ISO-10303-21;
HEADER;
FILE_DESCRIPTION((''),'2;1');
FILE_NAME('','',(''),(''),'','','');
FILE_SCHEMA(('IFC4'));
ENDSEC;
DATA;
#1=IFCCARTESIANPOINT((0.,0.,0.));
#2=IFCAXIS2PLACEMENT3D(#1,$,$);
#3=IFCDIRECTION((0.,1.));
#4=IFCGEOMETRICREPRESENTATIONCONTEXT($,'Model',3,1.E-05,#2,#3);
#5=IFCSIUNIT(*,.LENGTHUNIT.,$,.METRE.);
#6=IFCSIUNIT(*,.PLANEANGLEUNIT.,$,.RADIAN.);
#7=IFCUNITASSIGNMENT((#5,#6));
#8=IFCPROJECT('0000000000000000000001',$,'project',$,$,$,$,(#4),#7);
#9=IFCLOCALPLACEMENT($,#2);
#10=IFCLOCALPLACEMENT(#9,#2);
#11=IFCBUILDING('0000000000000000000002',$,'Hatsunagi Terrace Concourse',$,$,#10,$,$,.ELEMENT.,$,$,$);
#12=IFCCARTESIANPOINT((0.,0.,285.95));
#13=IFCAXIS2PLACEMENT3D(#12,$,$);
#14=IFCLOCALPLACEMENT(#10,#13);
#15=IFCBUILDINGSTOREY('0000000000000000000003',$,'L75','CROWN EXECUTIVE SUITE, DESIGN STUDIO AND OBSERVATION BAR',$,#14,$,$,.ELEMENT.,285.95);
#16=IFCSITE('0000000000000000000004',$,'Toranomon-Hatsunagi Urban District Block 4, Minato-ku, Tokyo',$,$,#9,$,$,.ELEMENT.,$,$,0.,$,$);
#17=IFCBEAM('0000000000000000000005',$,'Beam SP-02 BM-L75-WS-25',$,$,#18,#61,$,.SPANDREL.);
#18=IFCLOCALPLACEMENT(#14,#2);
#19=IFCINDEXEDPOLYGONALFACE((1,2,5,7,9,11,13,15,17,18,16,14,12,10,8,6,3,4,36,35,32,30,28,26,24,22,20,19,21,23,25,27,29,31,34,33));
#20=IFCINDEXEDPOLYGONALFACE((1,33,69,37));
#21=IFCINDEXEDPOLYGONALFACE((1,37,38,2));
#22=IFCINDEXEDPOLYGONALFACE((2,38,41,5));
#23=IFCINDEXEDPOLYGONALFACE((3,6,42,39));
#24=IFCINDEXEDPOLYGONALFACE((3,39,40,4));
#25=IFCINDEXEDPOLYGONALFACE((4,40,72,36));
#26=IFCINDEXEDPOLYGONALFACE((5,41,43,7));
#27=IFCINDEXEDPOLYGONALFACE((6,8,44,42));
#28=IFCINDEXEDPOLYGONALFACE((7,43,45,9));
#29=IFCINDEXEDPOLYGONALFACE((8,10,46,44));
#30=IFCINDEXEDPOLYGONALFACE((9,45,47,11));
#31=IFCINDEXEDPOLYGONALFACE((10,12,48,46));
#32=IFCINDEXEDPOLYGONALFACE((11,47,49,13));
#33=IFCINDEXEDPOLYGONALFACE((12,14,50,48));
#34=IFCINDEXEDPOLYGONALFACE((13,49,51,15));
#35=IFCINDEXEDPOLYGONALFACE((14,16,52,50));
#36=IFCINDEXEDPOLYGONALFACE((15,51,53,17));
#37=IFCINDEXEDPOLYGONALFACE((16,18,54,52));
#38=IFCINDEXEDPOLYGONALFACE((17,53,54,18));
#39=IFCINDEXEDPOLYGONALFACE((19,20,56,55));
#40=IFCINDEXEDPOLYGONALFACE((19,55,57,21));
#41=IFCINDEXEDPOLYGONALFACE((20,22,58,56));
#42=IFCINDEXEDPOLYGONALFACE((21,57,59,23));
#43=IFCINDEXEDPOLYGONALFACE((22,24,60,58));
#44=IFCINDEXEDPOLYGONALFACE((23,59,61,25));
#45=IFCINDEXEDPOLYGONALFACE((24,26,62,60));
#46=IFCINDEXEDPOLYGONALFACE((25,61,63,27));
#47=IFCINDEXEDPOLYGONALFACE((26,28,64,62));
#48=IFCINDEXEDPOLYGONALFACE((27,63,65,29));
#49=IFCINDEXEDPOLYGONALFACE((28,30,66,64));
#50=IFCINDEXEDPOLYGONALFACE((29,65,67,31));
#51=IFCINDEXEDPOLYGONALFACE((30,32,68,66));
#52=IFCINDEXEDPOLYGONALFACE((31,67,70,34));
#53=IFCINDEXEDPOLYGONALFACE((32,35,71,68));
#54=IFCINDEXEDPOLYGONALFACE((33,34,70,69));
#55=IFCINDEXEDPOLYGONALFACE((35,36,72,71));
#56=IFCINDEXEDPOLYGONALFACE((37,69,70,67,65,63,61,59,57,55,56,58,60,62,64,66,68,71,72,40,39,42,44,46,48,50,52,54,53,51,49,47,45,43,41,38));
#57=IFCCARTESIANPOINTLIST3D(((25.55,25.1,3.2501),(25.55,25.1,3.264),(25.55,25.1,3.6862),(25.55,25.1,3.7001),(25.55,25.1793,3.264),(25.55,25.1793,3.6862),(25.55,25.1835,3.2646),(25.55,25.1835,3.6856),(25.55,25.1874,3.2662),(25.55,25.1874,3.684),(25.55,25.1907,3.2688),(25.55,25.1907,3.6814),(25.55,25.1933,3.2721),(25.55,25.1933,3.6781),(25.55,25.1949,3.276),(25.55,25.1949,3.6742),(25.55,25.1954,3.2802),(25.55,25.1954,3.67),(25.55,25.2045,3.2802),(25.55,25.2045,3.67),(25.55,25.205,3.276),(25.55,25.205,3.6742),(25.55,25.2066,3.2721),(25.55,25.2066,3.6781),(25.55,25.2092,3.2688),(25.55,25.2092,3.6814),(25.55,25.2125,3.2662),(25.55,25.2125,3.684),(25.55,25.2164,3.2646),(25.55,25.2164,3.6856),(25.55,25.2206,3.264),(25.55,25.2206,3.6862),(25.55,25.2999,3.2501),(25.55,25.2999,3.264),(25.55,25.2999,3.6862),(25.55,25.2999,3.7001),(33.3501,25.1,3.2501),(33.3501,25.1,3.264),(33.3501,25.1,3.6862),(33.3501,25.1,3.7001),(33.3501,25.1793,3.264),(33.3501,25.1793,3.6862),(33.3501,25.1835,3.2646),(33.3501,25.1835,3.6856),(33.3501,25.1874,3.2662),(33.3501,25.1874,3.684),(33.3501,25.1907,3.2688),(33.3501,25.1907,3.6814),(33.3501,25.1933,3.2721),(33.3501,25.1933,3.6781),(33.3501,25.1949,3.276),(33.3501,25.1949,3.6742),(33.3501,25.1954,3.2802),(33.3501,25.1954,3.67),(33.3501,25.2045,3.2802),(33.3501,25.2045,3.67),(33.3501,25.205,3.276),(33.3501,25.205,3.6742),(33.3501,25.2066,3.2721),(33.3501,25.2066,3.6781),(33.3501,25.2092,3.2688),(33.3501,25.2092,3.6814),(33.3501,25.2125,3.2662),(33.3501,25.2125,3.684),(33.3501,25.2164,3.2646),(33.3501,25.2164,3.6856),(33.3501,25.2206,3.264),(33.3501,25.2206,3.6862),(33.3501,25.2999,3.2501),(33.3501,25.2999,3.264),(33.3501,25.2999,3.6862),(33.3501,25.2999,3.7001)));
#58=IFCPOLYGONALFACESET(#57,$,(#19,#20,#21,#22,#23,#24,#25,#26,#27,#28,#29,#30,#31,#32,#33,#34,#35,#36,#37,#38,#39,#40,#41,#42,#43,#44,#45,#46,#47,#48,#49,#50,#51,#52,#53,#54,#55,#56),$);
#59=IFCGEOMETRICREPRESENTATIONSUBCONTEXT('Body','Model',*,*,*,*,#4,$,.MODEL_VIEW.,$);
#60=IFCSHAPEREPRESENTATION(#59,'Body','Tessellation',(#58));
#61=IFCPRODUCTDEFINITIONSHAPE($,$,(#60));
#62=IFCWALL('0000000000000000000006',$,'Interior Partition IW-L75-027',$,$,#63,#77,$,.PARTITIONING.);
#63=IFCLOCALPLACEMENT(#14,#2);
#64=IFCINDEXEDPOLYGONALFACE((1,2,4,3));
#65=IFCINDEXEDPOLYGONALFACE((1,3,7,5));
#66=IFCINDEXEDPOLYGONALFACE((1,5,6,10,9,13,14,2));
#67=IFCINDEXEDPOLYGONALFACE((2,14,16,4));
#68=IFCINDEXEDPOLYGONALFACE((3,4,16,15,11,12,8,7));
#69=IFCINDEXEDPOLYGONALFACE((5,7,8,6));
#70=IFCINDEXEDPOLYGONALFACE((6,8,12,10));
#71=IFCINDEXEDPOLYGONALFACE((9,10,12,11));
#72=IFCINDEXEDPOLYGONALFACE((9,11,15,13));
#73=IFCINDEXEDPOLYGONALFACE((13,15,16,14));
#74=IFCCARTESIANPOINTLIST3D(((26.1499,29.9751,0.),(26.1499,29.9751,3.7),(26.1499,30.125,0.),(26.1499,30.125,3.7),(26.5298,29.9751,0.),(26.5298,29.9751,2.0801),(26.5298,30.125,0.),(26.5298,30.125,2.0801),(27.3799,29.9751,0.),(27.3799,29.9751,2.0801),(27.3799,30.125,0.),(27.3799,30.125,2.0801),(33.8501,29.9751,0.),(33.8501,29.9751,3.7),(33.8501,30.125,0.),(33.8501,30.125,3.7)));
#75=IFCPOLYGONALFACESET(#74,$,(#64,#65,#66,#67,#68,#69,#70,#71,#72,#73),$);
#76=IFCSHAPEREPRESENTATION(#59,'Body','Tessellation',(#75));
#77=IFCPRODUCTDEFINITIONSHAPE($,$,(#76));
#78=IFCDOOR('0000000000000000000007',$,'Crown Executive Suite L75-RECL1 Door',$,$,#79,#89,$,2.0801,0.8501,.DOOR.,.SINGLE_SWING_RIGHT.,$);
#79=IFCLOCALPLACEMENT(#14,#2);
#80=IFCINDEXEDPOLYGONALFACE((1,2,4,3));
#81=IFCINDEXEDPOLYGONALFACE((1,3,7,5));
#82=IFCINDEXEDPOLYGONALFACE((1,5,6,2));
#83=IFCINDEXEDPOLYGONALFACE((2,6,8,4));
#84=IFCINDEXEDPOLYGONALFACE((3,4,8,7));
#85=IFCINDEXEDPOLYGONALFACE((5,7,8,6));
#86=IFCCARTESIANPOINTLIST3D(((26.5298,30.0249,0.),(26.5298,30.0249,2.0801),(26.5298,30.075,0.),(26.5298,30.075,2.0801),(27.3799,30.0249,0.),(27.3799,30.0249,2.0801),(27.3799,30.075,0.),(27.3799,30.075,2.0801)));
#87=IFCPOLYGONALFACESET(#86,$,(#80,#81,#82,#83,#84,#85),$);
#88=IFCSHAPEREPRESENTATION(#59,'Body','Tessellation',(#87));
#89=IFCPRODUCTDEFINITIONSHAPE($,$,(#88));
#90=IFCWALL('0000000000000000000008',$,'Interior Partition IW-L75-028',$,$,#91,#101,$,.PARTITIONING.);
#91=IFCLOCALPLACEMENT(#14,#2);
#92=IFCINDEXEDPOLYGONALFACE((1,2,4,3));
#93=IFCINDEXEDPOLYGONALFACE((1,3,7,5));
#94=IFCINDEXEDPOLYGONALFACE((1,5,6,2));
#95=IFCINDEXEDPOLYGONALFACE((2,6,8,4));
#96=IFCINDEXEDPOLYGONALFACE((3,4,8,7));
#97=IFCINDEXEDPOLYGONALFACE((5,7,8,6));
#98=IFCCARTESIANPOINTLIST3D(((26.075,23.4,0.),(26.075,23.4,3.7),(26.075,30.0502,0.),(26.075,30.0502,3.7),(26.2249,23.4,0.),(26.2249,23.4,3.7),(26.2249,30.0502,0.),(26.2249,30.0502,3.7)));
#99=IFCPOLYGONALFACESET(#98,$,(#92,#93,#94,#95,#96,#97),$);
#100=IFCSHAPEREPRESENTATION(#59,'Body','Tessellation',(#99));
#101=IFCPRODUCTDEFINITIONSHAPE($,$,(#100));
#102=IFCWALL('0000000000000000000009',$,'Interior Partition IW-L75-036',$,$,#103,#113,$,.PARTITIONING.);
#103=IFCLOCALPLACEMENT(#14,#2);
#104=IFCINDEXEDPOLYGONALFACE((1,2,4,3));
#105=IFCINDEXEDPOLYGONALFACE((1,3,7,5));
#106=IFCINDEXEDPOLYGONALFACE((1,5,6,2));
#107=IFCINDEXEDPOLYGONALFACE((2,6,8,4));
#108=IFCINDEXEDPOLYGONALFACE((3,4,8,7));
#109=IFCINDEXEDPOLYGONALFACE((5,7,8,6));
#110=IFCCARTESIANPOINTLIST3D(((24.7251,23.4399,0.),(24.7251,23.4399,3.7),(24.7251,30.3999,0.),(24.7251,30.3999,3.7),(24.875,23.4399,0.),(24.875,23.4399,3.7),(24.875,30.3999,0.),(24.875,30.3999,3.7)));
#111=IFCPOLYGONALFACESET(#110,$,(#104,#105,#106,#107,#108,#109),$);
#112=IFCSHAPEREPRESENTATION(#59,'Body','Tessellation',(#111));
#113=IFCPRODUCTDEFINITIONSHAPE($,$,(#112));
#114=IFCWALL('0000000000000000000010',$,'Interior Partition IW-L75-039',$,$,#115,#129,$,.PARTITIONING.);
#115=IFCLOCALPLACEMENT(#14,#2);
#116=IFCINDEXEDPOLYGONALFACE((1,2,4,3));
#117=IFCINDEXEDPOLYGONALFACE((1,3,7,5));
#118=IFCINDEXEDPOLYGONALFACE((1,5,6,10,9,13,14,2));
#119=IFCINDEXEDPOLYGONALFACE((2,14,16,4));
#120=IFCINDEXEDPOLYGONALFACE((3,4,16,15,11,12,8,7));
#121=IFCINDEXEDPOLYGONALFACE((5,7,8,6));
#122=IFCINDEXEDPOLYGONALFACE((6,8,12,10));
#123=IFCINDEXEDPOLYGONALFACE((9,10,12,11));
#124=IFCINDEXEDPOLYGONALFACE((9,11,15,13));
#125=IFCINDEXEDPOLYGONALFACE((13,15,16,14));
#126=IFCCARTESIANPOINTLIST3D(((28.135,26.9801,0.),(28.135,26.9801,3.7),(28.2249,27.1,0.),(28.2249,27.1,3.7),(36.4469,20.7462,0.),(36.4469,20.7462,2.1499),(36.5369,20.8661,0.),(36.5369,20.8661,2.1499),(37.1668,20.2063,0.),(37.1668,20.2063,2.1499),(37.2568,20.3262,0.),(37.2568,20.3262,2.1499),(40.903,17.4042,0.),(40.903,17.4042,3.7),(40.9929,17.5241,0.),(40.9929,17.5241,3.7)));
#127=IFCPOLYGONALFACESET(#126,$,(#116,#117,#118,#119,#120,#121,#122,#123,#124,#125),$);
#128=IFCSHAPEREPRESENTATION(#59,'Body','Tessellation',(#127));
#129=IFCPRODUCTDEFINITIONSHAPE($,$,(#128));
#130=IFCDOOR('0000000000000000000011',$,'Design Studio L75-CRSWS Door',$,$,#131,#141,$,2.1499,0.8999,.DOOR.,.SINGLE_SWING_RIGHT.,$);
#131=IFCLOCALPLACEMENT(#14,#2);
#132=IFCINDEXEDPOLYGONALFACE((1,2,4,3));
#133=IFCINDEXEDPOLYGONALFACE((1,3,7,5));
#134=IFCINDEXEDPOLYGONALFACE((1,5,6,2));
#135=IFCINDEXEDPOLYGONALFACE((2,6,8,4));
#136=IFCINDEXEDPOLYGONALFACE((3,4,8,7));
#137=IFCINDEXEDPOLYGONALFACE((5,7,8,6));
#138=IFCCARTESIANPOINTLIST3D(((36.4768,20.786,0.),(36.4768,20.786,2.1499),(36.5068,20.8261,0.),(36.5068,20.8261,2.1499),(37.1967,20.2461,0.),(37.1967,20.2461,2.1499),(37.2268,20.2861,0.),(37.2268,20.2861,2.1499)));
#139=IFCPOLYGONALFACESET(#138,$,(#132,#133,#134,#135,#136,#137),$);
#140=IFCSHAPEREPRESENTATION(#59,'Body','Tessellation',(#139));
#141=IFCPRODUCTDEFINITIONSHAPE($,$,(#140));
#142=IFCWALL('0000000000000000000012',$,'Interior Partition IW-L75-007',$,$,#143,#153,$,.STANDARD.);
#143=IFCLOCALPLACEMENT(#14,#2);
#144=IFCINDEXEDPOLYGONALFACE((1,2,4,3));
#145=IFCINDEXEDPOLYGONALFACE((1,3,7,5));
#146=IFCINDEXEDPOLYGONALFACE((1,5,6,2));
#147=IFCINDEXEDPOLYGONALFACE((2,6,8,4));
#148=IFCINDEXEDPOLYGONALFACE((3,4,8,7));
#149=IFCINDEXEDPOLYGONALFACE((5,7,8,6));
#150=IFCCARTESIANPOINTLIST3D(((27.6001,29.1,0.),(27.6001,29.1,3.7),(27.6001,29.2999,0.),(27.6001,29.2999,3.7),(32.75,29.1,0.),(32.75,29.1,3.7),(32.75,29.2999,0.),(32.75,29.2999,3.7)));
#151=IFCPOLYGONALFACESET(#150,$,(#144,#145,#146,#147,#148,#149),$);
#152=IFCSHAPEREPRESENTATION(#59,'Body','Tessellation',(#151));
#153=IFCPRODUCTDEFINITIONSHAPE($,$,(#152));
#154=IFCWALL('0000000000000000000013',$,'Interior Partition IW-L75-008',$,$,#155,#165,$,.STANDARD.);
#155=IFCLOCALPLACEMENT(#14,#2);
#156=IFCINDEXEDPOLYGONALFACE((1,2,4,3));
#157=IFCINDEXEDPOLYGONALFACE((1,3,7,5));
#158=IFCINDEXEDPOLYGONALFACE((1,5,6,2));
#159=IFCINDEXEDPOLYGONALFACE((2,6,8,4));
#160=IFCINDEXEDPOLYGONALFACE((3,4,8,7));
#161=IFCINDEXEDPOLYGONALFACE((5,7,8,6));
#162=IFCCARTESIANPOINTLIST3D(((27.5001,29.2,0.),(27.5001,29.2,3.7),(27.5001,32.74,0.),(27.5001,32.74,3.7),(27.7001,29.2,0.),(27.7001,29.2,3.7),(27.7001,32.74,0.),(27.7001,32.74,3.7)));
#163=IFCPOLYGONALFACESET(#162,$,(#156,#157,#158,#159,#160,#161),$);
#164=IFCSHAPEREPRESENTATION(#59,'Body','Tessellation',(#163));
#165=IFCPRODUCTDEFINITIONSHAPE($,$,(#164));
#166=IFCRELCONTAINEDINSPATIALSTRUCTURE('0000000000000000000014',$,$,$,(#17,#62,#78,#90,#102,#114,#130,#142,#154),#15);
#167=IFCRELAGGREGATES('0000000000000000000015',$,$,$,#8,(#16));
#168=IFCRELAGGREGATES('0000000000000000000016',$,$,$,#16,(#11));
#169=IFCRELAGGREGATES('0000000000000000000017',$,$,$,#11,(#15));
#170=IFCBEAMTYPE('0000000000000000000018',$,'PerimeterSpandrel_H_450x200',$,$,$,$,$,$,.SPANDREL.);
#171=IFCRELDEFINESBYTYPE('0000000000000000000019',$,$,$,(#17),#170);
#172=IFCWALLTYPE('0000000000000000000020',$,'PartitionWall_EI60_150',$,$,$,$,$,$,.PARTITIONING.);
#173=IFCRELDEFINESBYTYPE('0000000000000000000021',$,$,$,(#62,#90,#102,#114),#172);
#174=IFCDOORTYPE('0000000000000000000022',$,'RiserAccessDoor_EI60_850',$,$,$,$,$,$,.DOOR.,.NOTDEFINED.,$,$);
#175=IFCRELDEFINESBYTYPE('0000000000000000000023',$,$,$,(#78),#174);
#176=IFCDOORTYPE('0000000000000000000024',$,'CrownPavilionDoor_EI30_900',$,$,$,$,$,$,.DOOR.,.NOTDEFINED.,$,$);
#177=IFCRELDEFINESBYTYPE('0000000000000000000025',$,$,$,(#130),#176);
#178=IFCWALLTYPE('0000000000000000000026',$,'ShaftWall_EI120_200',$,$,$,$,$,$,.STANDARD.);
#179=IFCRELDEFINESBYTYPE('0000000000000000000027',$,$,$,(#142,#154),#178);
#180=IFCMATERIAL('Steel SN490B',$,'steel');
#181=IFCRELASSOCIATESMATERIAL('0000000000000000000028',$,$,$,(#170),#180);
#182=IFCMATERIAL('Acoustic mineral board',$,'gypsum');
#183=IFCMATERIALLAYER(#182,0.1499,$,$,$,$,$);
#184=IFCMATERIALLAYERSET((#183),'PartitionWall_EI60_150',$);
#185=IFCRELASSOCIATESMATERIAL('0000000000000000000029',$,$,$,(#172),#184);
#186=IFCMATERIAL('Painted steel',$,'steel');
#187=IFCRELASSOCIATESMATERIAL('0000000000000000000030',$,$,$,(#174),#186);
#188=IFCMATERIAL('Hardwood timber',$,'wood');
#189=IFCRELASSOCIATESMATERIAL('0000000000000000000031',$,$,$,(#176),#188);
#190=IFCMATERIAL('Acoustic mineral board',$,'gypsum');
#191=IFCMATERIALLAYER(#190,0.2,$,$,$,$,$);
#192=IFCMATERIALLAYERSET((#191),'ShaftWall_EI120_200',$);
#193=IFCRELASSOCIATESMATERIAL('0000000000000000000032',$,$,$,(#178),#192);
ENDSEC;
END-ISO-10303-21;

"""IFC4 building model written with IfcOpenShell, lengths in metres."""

from ifc_helpers import new_model, si_unit, direction, frame, frame_2d, origin, origin_2d, place, context, subcontext, project, spatial, rectangle, i_section, extrude, material, layer, layer_set, material_profile, profile_set, type_object, element, fill, save


model = new_model("IFC4")

# Units and contexts
model_context = context("Model", 3, precision=1e-05, world=origin(), true_north=direction((0.0, 1.0)))
body_context = subcontext(model_context, "Body", "Model", "MODEL_VIEW")
ifc_project = project(units=[si_unit("LENGTHUNIT", "METRE"), si_unit("PLANEANGLEUNIT", "RADIAN")], contexts=[model_context])

# Site, building, storey
site_placement = place(None, origin())
site = spatial("IfcSite", under=ifc_project, at=site_placement, Name="Toranomon-Hatsunagi Urban District Block 4, Minato-ku, Tokyo", CompositionType="ELEMENT", RefElevation=0.0)
building_placement = place(site_placement, origin())
building = spatial("IfcBuilding", under=site, at=building_placement, Name="Hatsunagi Terrace Concourse", CompositionType="ELEMENT")
storey_placement = place(building_placement, frame((0.0, 0.0, 285.95)))
storey = spatial("IfcBuildingStorey", under=building, at=storey_placement, Name="L75", Description="CROWN EXECUTIVE SUITE, DESIGN STUDIO AND OBSERVATION BAR", CompositionType="ELEMENT", Elevation=285.95)

# Beam
ifc_material_1 = material(Name="Steel SN490B", Category="steel")
ifc_material_profile_1 = material_profile(ifc_material_1, i_section(OverallWidth=0.2, OverallDepth=0.45, WebThickness=0.009, FlangeThickness=0.0139, FilletRadius=0.0161, at=origin_2d()), Name="H-450x200x9x14")
ifc_profile_set_1 = profile_set([ifc_material_profile_1], Name="Steel SN490B")
beam_type_1 = type_object("IfcBeamType", Name="PerimeterSpandrel_H_450x200", PredefinedType="SPANDREL", material=ifc_profile_set_1)
beam_1_placement = place(storey_placement, frame((25.55, 25.2, 3.4751), z_axis=(1.0, 0.0, 0.0), x_axis=(0.0, 1.0, 0.0)))
element("IfcBeam", 1, at=beam_1_placement, inside=storey, type_object=beam_type_1, Name="Beam SP-02 BM-L75-WS-25", PredefinedType="SPANDREL", context=body_context, shape_type="SweptSolid", body=[
    extrude(i_section(OverallWidth=0.2, OverallDepth=0.45, WebThickness=0.009, FlangeThickness=0.0139, FilletRadius=0.0161, at=origin_2d()), origin(), (0.0, 0.0, 1.0), 7.8),
])

# Wall, opening, door
ifc_material_2 = material(Name="Acoustic mineral board", Category="gypsum")
ifc_layer_1 = layer(ifc_material_2, 0.1499)
ifc_layer_set_1 = layer_set([ifc_layer_1], Name="PartitionWall_EI60_150")
wall_type_1 = type_object("IfcWallType", Name="PartitionWall_EI60_150", PredefinedType="PARTITIONING", material=ifc_layer_set_1)
wall_1_placement = place(storey_placement, frame((26.1499, 30.05, 0.0), z_axis=(0.0, 0.0, 1.0), x_axis=(1.0, 0.0, 0.0)))
wall_1 = element("IfcWall", 2, at=wall_1_placement, inside=storey, type_object=wall_type_1, Name="Interior Partition IW-L75-027", PredefinedType="PARTITIONING", context=body_context, shape_type="SweptSolid", body=[
    extrude(rectangle(XDim=7.7002, YDim=0.1499, at=frame_2d((3.8501, 0.0))), origin(), (0.0, 0.0, 1.0), 3.7),
])
opening_1_placement = place(wall_1_placement, frame((0.3799, 0.0, 0.0)))
opening_1 = element("IfcOpeningElement", 3, at=opening_1_placement, cuts=wall_1, PredefinedType="OPENING", context=body_context, shape_type="SweptSolid", body=[
    extrude(rectangle(XDim=0.8501, YDim=2.0801, at=frame_2d((0.425, 1.04))), frame((0.0, 0.085, 0.0), z_axis=(0.0, -1.0, 0.0), x_axis=(1.0, 0.0, 0.0)), (0.0, 0.0, 1.0), 0.1699),
])
ifc_material_3 = material(Name="Painted steel", Category="steel")
door_type_1 = type_object("IfcDoorType", Name="RiserAccessDoor_EI60_850", OperationType="NOTDEFINED", PredefinedType="DOOR", material=ifc_material_3)
door_1_placement = place(opening_1_placement, origin())
door_1 = element("IfcDoor", 4, at=door_1_placement, inside=storey, type_object=door_type_1, Name="Crown Executive Suite L75-RECL1 Door", OperationType="SINGLE_SWING_RIGHT", OverallHeight=2.0801, OverallWidth=0.8501, PredefinedType="DOOR", context=body_context, shape_type="SweptSolid", body=[
    extrude(rectangle(XDim=0.8501, YDim=2.0801, at=frame_2d((0.425, 1.04))), frame((0.0, 0.0249, 0.0), z_axis=(0.0, -1.0, 0.0), x_axis=(1.0, 0.0, 0.0)), (0.0, 0.0, 1.0), 0.05),
])
fill(opening_1, door_1)

# Walls
wall_2_placement = place(storey_placement, frame((26.1499, 23.3999, 0.0), z_axis=(0.0, 0.0, 1.0), x_axis=(0.0, 1.0, 0.0)))
element("IfcWall", 5, at=wall_2_placement, inside=storey, type_object=wall_type_1, Name="Interior Partition IW-L75-028", PredefinedType="PARTITIONING", context=body_context, shape_type="SweptSolid", body=[
    extrude(rectangle(XDim=6.6501, YDim=0.1499, at=frame_2d((3.3252, 0.0))), origin(), (0.0, 0.0, 1.0), 3.7),
])
wall_3_placement = place(storey_placement, frame((24.8, 23.4399, 0.0), z_axis=(0.0, 0.0, 1.0), x_axis=(0.0, 1.0, 0.0)))
element("IfcWall", 6, at=wall_3_placement, inside=storey, type_object=wall_type_1, Name="Interior Partition IW-L75-036", PredefinedType="PARTITIONING", context=body_context, shape_type="SweptSolid", body=[
    extrude(rectangle(XDim=6.96, YDim=0.1499, at=frame_2d((3.48, 0.0))), origin(), (0.0, 0.0, 1.0), 3.7),
])

# Wall, opening, door
wall_4_placement = place(storey_placement, frame((28.1799, 27.04, 0.0), z_axis=(0.0, 0.0, 1.0), x_axis=(0.800004, -0.599995, 0.0)))
wall_4 = element("IfcWall", 7, at=wall_4_placement, inside=storey, type_object=wall_type_1, Name="Interior Partition IW-L75-039", PredefinedType="PARTITIONING", context=body_context, shape_type="SweptSolid", body=[
    extrude(rectangle(XDim=15.96, YDim=0.1499, at=frame_2d((7.98, 0.0))), origin(), (0.0, 0.0, 1.0), 3.7),
])
opening_2_placement = place(wall_4_placement, frame((10.3899, 0.0, 0.0)))
opening_2 = element("IfcOpeningElement", 8, at=opening_2_placement, cuts=wall_4, PredefinedType="OPENING", context=body_context, shape_type="SweptSolid", body=[
    extrude(rectangle(XDim=0.8999, YDim=2.1499, at=frame_2d((0.45, 1.075))), frame((0.0, 0.085, 0.0), z_axis=(0.0, -1.0, 0.0), x_axis=(1.0, 0.0, 0.0)), (0.0, 0.0, 1.0), 0.1699),
])
ifc_material_4 = material(Name="Hardwood timber", Category="wood")
door_type_2 = type_object("IfcDoorType", Name="CrownPavilionDoor_EI30_900", OperationType="NOTDEFINED", PredefinedType="DOOR", material=ifc_material_4)
door_2_placement = place(opening_2_placement, origin())
door_2 = element("IfcDoor", 9, at=door_2_placement, inside=storey, type_object=door_type_2, Name="Design Studio L75-CRSWS Door", OperationType="SINGLE_SWING_RIGHT", OverallHeight=2.1499, OverallWidth=0.8999, PredefinedType="DOOR", context=body_context, shape_type="SweptSolid", body=[
    extrude(rectangle(XDim=0.8999, YDim=2.1499, at=frame_2d((0.45, 1.075))), frame((0.0, 0.0249, 0.0), z_axis=(0.0, -1.0, 0.0), x_axis=(1.0, 0.0, 0.0)), (0.0, 0.0, 1.0), 0.05),
])
fill(opening_2, door_2)

# Walls
ifc_material_5 = material(Name="Acoustic mineral board", Category="gypsum")
ifc_layer_2 = layer(ifc_material_5, 0.2)
ifc_layer_set_2 = layer_set([ifc_layer_2], Name="ShaftWall_EI120_200")
wall_type_2 = type_object("IfcWallType", Name="ShaftWall_EI120_200", PredefinedType="STANDARD", material=ifc_layer_set_2)
wall_5_placement = place(storey_placement, frame((27.6001, 29.2, 0.0), z_axis=(0.0, 0.0, 1.0), x_axis=(1.0, 0.0, 0.0)))
element("IfcWall", 10, at=wall_5_placement, inside=storey, type_object=wall_type_2, Name="Interior Partition IW-L75-007", PredefinedType="STANDARD", context=body_context, shape_type="SweptSolid", body=[
    extrude(rectangle(XDim=5.1499, YDim=0.2, at=frame_2d((2.575, 0.0))), origin(), (0.0, 0.0, 1.0), 3.7),
])
wall_6_placement = place(storey_placement, frame((27.6001, 29.2, 0.0), z_axis=(0.0, 0.0, 1.0), x_axis=(0.0, 1.0, 0.0)))
element("IfcWall", 11, at=wall_6_placement, inside=storey, type_object=wall_type_2, Name="Interior Partition IW-L75-008", PredefinedType="STANDARD", context=body_context, shape_type="SweptSolid", body=[
    extrude(rectangle(XDim=3.54, YDim=0.2, at=frame_2d((1.77, 0.0))), origin(), (0.0, 0.0, 1.0), 3.7),
])

save(model, "model.ifc")
